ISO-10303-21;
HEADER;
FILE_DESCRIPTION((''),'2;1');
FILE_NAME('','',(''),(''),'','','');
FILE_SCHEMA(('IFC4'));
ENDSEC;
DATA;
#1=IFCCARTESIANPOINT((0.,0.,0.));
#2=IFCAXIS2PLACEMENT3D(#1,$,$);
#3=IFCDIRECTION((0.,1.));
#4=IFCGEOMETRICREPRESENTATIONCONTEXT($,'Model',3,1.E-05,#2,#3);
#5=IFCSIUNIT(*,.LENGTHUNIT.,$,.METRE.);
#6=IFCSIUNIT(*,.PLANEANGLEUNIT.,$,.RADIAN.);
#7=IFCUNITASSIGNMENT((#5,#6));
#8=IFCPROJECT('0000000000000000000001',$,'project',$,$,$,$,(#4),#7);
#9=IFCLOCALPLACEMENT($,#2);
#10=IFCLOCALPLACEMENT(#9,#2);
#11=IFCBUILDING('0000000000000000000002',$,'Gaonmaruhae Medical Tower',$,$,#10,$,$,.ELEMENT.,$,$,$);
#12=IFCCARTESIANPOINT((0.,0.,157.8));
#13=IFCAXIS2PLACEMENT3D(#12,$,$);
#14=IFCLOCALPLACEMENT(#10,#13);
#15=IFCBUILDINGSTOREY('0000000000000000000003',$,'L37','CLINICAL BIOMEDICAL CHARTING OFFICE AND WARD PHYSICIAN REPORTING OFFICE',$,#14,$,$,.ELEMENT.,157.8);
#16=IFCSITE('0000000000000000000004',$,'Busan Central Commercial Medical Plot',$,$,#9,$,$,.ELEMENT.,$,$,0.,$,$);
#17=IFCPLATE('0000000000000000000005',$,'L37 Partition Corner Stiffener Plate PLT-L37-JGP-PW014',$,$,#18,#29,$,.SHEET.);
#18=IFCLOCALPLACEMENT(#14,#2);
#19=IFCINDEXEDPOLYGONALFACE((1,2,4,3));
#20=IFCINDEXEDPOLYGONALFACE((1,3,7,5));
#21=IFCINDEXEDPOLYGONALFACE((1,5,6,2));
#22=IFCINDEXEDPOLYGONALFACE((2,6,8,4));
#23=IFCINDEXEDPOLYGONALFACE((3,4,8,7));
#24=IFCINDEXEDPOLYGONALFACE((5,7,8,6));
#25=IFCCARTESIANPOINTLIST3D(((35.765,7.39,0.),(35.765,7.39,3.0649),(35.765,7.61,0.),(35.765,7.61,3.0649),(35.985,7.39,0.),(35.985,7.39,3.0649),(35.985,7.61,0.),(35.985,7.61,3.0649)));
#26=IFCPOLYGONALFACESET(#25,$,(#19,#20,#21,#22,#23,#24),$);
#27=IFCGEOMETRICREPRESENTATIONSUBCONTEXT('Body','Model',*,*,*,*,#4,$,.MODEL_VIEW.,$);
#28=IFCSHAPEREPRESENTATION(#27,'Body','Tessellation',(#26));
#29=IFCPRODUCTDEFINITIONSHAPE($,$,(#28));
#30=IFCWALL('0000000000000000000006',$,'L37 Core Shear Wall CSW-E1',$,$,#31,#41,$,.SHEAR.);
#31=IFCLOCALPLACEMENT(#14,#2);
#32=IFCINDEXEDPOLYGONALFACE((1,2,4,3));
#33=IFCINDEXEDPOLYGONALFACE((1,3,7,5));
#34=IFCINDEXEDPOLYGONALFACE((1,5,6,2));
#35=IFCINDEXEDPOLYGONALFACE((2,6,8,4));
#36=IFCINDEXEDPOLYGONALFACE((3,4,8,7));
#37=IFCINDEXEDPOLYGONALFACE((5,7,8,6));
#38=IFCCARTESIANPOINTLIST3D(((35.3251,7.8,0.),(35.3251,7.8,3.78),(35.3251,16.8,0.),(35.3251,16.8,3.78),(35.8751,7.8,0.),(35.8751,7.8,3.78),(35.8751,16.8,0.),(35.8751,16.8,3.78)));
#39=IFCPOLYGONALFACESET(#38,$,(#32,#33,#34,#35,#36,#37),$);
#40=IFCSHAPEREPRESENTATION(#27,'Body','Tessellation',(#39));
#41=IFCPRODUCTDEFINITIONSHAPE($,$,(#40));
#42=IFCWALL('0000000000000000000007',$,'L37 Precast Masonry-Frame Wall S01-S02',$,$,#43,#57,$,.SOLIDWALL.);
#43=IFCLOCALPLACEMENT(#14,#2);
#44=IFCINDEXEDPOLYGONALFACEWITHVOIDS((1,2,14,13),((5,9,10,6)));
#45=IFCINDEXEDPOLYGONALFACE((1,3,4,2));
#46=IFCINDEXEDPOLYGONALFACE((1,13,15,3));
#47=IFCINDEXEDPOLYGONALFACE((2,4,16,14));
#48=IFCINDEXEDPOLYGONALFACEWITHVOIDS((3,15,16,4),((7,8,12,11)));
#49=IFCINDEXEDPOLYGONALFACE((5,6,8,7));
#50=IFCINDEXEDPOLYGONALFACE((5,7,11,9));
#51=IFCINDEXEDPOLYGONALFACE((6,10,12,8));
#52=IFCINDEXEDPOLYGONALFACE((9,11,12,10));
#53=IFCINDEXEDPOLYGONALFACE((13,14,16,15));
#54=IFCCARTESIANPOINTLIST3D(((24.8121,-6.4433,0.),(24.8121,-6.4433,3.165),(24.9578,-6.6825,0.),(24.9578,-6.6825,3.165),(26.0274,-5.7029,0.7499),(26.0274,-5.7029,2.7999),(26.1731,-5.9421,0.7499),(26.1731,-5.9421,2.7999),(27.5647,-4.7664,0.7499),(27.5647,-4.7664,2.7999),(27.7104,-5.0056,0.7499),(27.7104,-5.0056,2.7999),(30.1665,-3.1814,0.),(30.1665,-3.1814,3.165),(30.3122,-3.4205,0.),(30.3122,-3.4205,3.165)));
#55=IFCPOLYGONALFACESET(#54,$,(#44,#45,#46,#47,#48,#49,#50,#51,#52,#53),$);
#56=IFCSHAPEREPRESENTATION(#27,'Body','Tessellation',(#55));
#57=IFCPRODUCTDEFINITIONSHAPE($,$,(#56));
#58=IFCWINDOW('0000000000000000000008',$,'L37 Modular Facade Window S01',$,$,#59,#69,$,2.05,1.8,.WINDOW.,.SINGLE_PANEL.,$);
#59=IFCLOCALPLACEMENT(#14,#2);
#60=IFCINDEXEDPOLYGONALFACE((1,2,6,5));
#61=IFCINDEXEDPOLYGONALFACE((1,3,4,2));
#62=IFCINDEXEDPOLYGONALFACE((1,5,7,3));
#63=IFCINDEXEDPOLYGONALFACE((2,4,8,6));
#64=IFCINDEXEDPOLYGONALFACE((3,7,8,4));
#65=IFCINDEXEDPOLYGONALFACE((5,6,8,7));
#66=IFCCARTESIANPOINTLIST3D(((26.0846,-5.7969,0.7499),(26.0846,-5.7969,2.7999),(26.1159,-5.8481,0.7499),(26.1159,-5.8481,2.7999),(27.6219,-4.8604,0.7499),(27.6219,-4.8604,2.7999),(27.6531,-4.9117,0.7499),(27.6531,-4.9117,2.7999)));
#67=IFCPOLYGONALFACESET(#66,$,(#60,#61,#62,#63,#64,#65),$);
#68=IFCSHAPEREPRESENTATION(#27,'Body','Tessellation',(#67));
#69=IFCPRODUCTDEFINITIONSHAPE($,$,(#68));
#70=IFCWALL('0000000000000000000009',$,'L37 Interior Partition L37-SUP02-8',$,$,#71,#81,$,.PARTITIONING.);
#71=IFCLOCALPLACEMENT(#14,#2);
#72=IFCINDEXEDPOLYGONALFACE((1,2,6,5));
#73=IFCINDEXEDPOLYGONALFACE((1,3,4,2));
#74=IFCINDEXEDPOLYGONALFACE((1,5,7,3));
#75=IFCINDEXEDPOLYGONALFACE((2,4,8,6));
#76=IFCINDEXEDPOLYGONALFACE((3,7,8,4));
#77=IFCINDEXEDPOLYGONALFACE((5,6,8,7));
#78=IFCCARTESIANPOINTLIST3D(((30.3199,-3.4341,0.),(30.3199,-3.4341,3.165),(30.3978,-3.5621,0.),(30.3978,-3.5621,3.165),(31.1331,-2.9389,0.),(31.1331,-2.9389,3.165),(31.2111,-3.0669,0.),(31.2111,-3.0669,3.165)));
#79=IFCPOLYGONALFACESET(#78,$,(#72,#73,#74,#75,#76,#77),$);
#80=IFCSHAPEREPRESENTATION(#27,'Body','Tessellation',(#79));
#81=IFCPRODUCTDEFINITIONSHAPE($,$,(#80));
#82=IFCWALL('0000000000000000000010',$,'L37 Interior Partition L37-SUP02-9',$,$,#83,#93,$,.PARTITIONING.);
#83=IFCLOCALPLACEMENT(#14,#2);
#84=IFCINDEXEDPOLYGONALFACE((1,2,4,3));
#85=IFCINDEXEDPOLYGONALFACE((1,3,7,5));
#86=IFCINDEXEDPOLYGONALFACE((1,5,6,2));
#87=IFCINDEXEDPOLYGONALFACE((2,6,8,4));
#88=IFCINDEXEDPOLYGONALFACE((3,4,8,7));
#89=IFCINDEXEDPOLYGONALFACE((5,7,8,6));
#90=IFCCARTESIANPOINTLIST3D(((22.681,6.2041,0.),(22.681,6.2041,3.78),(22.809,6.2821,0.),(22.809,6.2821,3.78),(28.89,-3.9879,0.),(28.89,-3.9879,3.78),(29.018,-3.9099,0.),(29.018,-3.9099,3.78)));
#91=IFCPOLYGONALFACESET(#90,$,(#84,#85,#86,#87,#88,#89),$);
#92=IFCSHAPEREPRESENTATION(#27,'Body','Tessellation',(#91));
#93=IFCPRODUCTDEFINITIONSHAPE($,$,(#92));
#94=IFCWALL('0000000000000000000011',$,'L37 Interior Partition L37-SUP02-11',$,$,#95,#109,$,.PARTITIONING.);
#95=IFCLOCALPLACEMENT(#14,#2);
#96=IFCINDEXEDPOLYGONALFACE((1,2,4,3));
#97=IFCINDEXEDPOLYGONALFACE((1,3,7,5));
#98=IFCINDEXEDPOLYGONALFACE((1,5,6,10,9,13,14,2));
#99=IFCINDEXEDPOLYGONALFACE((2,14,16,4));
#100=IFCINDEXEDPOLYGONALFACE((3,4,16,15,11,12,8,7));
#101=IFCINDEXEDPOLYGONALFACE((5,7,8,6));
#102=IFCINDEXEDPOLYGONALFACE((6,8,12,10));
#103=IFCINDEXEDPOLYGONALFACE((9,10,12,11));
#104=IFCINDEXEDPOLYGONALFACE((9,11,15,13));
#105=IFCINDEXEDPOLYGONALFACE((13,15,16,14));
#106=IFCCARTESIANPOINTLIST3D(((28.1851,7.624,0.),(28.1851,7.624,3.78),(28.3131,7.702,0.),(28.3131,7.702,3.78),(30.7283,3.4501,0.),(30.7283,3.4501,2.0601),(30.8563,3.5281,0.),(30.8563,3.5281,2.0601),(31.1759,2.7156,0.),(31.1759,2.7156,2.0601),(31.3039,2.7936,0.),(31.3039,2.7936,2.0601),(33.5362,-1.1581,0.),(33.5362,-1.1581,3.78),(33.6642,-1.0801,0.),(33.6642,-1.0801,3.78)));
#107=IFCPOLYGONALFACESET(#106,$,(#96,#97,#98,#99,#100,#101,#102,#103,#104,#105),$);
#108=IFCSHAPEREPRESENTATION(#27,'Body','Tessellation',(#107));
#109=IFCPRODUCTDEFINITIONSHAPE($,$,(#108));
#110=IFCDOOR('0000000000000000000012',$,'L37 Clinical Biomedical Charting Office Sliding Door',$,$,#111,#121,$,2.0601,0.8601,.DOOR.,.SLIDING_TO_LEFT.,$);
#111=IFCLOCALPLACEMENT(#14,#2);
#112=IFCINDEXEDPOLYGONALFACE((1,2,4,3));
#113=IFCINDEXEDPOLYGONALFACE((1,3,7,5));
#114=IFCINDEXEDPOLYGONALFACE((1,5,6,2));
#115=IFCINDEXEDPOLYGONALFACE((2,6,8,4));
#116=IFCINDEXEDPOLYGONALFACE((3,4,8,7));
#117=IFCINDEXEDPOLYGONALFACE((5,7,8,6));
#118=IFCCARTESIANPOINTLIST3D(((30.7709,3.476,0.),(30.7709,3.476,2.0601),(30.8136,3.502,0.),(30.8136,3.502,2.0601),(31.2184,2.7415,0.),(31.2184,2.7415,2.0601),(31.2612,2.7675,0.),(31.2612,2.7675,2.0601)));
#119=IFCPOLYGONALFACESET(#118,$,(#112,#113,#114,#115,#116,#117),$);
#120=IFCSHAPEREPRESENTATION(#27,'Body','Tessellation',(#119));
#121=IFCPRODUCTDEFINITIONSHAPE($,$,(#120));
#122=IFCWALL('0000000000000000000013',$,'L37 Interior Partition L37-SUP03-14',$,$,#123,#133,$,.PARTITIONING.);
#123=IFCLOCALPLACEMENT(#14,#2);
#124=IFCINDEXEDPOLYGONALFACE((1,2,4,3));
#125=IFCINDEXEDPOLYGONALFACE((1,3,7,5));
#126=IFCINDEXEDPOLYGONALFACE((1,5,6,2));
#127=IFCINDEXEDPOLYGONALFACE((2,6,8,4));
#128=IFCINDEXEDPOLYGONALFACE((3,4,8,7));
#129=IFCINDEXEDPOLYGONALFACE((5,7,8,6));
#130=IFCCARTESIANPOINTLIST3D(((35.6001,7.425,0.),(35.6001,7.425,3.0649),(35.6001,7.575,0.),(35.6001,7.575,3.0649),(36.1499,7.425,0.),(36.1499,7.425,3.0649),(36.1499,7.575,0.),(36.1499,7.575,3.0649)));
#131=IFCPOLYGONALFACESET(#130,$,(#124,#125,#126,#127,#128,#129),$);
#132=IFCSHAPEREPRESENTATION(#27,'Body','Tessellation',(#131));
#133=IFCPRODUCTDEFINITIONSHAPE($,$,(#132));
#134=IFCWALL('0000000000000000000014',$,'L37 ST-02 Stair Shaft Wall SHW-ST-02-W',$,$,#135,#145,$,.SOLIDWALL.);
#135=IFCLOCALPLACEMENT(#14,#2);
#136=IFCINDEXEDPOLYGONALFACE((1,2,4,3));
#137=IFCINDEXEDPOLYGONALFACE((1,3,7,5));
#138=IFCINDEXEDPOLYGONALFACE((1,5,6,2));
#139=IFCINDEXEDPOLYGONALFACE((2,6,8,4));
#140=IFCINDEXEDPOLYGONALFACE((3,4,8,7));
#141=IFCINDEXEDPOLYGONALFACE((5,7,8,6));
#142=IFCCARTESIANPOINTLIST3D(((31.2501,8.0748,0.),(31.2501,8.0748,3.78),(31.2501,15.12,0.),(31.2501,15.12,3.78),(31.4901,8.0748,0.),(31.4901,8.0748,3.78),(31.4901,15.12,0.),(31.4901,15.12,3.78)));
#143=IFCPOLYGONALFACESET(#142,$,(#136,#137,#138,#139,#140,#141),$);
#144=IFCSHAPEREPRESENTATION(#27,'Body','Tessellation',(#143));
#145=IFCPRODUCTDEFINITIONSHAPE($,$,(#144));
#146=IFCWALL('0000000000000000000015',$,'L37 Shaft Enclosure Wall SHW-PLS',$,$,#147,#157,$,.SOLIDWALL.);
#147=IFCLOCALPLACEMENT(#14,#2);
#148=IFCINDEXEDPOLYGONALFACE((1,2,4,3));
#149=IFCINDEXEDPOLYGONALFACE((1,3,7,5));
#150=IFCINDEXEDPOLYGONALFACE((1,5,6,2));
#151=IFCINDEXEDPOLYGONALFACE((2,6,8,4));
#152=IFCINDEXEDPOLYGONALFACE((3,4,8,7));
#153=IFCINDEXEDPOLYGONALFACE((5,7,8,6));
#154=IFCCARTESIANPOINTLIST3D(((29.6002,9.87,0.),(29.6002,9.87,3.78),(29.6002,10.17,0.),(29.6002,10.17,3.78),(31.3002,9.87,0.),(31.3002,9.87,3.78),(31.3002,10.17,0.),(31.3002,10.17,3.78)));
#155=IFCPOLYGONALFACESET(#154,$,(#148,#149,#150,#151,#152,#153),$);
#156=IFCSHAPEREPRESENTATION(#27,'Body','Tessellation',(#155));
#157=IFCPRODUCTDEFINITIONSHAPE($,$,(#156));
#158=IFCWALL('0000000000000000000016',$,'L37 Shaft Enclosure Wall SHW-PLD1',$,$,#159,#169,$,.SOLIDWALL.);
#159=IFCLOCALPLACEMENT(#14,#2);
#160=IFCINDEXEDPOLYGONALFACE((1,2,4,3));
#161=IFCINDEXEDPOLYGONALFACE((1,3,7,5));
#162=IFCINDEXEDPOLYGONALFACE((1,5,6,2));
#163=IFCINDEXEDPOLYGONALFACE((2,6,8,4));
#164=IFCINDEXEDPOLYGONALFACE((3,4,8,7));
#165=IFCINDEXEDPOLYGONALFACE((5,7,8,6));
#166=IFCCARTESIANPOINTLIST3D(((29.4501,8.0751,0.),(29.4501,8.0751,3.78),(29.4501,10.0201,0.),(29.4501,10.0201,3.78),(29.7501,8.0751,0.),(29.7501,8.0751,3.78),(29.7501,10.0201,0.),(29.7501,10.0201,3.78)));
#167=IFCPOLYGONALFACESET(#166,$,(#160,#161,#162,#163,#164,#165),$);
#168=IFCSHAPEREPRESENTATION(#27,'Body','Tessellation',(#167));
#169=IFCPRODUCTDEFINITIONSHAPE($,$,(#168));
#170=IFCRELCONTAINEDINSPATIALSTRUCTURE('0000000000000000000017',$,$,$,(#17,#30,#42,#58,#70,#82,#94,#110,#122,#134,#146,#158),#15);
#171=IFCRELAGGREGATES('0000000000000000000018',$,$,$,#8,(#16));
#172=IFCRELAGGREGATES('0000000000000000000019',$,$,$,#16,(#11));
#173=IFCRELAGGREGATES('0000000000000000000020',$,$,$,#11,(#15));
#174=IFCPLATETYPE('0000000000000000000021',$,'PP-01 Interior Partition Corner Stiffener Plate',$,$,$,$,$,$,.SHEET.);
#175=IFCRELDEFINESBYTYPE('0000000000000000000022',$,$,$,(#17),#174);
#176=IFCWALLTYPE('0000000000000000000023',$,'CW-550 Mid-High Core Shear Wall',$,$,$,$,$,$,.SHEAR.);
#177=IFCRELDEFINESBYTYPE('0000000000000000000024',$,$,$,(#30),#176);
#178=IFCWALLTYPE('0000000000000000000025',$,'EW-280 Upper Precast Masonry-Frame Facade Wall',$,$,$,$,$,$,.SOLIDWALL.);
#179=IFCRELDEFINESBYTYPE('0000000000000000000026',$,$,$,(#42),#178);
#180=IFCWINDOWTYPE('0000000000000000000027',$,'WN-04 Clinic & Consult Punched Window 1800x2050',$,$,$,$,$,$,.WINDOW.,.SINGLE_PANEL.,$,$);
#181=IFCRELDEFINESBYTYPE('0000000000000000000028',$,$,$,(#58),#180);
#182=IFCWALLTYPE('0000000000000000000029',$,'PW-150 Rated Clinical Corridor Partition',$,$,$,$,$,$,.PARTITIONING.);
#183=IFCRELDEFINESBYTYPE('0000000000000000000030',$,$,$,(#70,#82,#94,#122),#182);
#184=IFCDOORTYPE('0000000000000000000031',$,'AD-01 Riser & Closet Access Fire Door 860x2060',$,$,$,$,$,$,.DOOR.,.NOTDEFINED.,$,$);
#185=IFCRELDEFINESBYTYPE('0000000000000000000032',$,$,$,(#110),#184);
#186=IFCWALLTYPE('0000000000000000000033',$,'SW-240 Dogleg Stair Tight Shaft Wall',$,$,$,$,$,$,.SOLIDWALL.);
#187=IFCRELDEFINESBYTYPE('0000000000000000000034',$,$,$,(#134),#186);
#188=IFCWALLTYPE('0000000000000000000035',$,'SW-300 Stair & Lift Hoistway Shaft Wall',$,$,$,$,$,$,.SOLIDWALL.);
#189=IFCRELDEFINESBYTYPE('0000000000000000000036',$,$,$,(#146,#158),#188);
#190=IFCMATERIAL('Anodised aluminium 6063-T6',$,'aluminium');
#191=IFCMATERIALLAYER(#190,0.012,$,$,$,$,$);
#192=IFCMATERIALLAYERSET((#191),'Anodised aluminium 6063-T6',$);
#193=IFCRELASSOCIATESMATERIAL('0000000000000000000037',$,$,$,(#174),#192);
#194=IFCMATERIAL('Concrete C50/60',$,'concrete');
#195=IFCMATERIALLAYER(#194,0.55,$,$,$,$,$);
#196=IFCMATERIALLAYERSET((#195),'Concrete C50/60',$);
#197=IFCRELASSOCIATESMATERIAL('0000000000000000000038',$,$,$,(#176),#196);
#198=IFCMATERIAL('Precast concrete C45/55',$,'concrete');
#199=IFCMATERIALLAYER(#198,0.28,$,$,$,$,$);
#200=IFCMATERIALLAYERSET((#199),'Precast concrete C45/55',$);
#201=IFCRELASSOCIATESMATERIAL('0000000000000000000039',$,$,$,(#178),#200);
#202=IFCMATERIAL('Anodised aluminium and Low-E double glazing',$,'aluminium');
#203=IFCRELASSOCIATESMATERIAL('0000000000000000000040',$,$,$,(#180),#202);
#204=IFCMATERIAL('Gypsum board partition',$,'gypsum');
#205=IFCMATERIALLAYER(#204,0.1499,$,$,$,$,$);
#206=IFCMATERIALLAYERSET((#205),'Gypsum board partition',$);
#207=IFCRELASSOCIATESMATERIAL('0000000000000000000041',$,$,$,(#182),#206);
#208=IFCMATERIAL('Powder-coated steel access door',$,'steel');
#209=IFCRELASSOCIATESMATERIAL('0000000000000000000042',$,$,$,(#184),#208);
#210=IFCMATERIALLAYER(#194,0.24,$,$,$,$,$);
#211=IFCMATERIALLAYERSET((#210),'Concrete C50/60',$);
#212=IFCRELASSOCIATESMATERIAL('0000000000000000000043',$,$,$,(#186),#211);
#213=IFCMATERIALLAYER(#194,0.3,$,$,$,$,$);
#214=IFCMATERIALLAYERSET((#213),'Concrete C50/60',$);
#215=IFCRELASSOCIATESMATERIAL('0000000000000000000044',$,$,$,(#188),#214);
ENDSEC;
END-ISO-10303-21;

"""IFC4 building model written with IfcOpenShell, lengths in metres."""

from ifc_helpers import new_model, si_unit, direction, frame, frame_2d, origin, origin_2d, place, context, subcontext, project, spatial, rectangle, extrude, material, layer, layer_set, type_object, element, fill, save


model = new_model("IFC4")

# Units and contexts
model_context = context("Model", 3, precision=1e-05, world=origin(), true_north=direction((0.0, 1.0)))
body_context = subcontext(model_context, "Body", "Model", "MODEL_VIEW")
ifc_project = project(units=[si_unit("LENGTHUNIT", "METRE"), si_unit("PLANEANGLEUNIT", "RADIAN")], contexts=[model_context])

# Site, building, storey
site_placement = place(None, origin())
site = spatial("IfcSite", under=ifc_project, at=site_placement, Name="Busan Central Commercial Medical Plot", CompositionType="ELEMENT", RefElevation=0.0)
building_placement = place(site_placement, origin())
building = spatial("IfcBuilding", under=site, at=building_placement, Name="Gaonmaruhae Medical Tower", CompositionType="ELEMENT")
storey_placement = place(building_placement, frame((0.0, 0.0, 157.8)))
storey = spatial("IfcBuildingStorey", under=building, at=storey_placement, Name="L37", Description="CLINICAL BIOMEDICAL CHARTING OFFICE AND WARD PHYSICIAN REPORTING OFFICE", CompositionType="ELEMENT", Elevation=157.8)

# Shared definitions
ifc_material_1 = material(Name="Concrete C50/60", Category="concrete")

# Plate
ifc_material_2 = material(Name="Anodised aluminium 6063-T6", Category="aluminium")
ifc_layer_1 = layer(ifc_material_2, 0.012)
ifc_layer_set_1 = layer_set([ifc_layer_1], Name="Anodised aluminium 6063-T6")
plate_type = type_object("IfcPlateType", Name="PP-01 Interior Partition Corner Stiffener Plate", PredefinedType="SHEET", material=ifc_layer_set_1)
plate_1_placement = place(storey_placement, frame((35.875, 7.5, 0.0), z_axis=(0.0, 0.0, 1.0), x_axis=(1.0, 0.0, 0.0)))
element("IfcPlate", 1, at=plate_1_placement, inside=storey, type_object=plate_type, Name="L37 Partition Corner Stiffener Plate PLT-L37-JGP-PW014", PredefinedType="SHEET", context=body_context, shape_type="SweptSolid", body=[
    extrude(rectangle(XDim=0.22, YDim=0.22, at=origin_2d()), origin(), (0.0, 0.0, 1.0), 3.0649),
])

# Wall
ifc_layer_2 = layer(ifc_material_1, 0.55)
ifc_layer_set_2 = layer_set([ifc_layer_2], Name="Concrete C50/60")
wall_type_1 = type_object("IfcWallType", Name="CW-550 Mid-High Core Shear Wall", PredefinedType="SHEAR", material=ifc_layer_set_2)
wall_1_placement = place(storey_placement, frame((35.6001, 7.8, 0.0), z_axis=(0.0, 0.0, 1.0), x_axis=(0.0, 1.0, 0.0)))
element("IfcWall", 2, at=wall_1_placement, inside=storey, type_object=wall_type_1, Name="L37 Core Shear Wall CSW-E1", PredefinedType="SHEAR", context=body_context, shape_type="SweptSolid", body=[
    extrude(rectangle(XDim=9.0, YDim=0.55, at=frame_2d((4.5, 0.0))), origin(), (0.0, 0.0, 1.0), 3.78),
])

# Wall, opening, window
ifc_material_3 = material(Name="Precast concrete C45/55", Category="concrete")
ifc_layer_3 = layer(ifc_material_3, 0.28)
ifc_layer_set_3 = layer_set([ifc_layer_3], Name="Precast concrete C45/55")
wall_type_2 = type_object("IfcWallType", Name="EW-280 Upper Precast Masonry-Frame Facade Wall", PredefinedType="SOLIDWALL", material=ifc_layer_set_3)
wall_2_placement = place(storey_placement, frame((30.2393, -3.301, 0.0), z_axis=(0.0, 0.0, 1.0), x_axis=(-0.854007, -0.520262, 0.0)))
wall_2 = element("IfcWall", 3, at=wall_2_placement, inside=storey, type_object=wall_type_2, Name="L37 Precast Masonry-Frame Wall S01-S02", PredefinedType="SOLIDWALL", context=body_context, shape_type="SweptSolid", body=[
    extrude(rectangle(XDim=6.2698, YDim=0.28, at=frame_2d((3.1348, 0.0))), origin(), (0.0, 0.0, 1.0), 3.165),
])
opening_1_placement = place(wall_2_placement, frame((3.0466, 0.0, 0.75)))
opening_1 = element("IfcOpeningElement", 4, at=opening_1_placement, cuts=wall_2, PredefinedType="OPENING", context=body_context, shape_type="SweptSolid", body=[
    extrude(rectangle(XDim=1.8, YDim=2.05, at=frame_2d((0.8999, 1.0249))), frame((0.0, 0.1499, 0.0), z_axis=(0.0, -1.0, 0.0), x_axis=(1.0, 0.0, 0.0)), (0.0, 0.0, 1.0), 0.3),
])
ifc_material_4 = material(Name="Anodised aluminium and Low-E double glazing", Category="aluminium")
window_type = type_object("IfcWindowType", Name="WN-04 Clinic & Consult Punched Window 1800x2050", PartitioningType="SINGLE_PANEL", PredefinedType="WINDOW", material=ifc_material_4)
window_placement = place(opening_1_placement, origin())
window = element("IfcWindow", 5, at=window_placement, inside=storey, type_object=window_type, Name="L37 Modular Facade Window S01", OverallHeight=2.05, OverallWidth=1.8, PartitioningType="SINGLE_PANEL", PredefinedType="WINDOW", context=body_context, shape_type="SweptSolid", body=[
    extrude(rectangle(XDim=1.8, YDim=2.05, at=frame_2d((0.8999, 1.0249))), frame((0.0, 0.03, 0.0), z_axis=(0.0, -1.0, 0.0), x_axis=(1.0, 0.0, 0.0)), (0.0, 0.0, 1.0), 0.0601),
])
fill(opening_1, window)

# Walls
ifc_material_5 = material(Name="Gypsum board partition", Category="gypsum")
ifc_layer_4 = layer(ifc_material_5, 0.1499)
ifc_layer_set_4 = layer_set([ifc_layer_4], Name="Gypsum board partition")
wall_type_3 = type_object("IfcWallType", Name="PW-150 Rated Clinical Corridor Partition", PredefinedType="PARTITIONING", material=ifc_layer_set_4)
wall_3_placement = place(storey_placement, frame((31.1721, -3.0029, 0.0), z_axis=(0.0, 0.0, 1.0), x_axis=(-0.854149, -0.520028, 0.0)))
element("IfcWall", 6, at=wall_3_placement, inside=storey, type_object=wall_type_3, Name="L37 Interior Partition L37-SUP02-8", PredefinedType="PARTITIONING", context=body_context, shape_type="SweptSolid", body=[
    extrude(rectangle(XDim=0.9521, YDim=0.1499, at=frame_2d((0.4761, 0.0))), origin(), (0.0, 0.0, 1.0), 3.165),
])
wall_4_placement = place(storey_placement, frame((28.9541, -3.949, 0.0), z_axis=(0.0, 0.0, 1.0), x_axis=(-0.520266, 0.854004, 0.0)))
element("IfcWall", 7, at=wall_4_placement, inside=storey, type_object=wall_type_3, Name="L37 Interior Partition L37-SUP02-9", PredefinedType="PARTITIONING", context=body_context, shape_type="SweptSolid", body=[
    extrude(rectangle(XDim=11.9343, YDim=0.1499, at=frame_2d((5.9673, 0.0))), origin(), (0.0, 0.0, 1.0), 3.78),
])

# Wall, opening, door
wall_5_placement = place(storey_placement, frame((28.249, 7.6631, 0.0), z_axis=(0.0, 0.0, 1.0), x_axis=(0.520339, -0.85396, 0.0)))
wall_5 = element("IfcWall", 8, at=wall_5_placement, inside=storey, type_object=wall_type_3, Name="L37 Interior Partition L37-SUP02-11", PredefinedType="PARTITIONING", context=body_context, shape_type="SweptSolid", body=[
    extrude(rectangle(XDim=10.2839, YDim=0.1499, at=frame_2d((5.1421, 0.0))), origin(), (0.0, 0.0, 1.0), 3.78),
])
opening_2_placement = place(wall_5_placement, frame((4.8877, 0.0, 0.0)))
opening_2 = element("IfcOpeningElement", 9, at=opening_2_placement, cuts=wall_5, PredefinedType="OPENING", context=body_context, shape_type="SweptSolid", body=[
    extrude(rectangle(XDim=0.8601, YDim=2.0601, at=frame_2d((0.4302, 1.03))), frame((0.0, 0.085, 0.0), z_axis=(0.0, -1.0, 0.0), x_axis=(1.0, 0.0, 0.0)), (0.0, 0.0, 1.0), 0.1699),
])
ifc_material_6 = material(Name="Powder-coated steel access door", Category="steel")
door_type = type_object("IfcDoorType", Name="AD-01 Riser & Closet Access Fire Door 860x2060", OperationType="NOTDEFINED", PredefinedType="DOOR", material=ifc_material_6)
door_placement = place(opening_2_placement, origin())
door = element("IfcDoor", 10, at=door_placement, inside=storey, type_object=door_type, Name="L37 Clinical Biomedical Charting Office Sliding Door", OperationType="SLIDING_TO_LEFT", OverallHeight=2.0601, OverallWidth=0.8601, PredefinedType="DOOR", context=body_context, shape_type="SweptSolid", body=[
    extrude(rectangle(XDim=0.8601, YDim=2.0601, at=frame_2d((0.4302, 1.03))), frame((0.0, 0.0249, 0.0), z_axis=(0.0, -1.0, 0.0), x_axis=(1.0, 0.0, 0.0)), (0.0, 0.0, 1.0), 0.05),
])
fill(opening_2, door)

# Walls
wall_6_placement = place(storey_placement, frame((35.6001, 7.5, 0.0), z_axis=(0.0, 0.0, 1.0), x_axis=(1.0, 0.0, 0.0)))
element("IfcWall", 11, at=wall_6_placement, inside=storey, type_object=wall_type_3, Name="L37 Interior Partition L37-SUP03-14", PredefinedType="PARTITIONING", context=body_context, shape_type="SweptSolid", body=[
    extrude(rectangle(XDim=0.5498, YDim=0.1499, at=frame_2d((0.2749, 0.0))), origin(), (0.0, 0.0, 1.0), 3.0649),
])
ifc_layer_5 = layer(ifc_material_1, 0.24)
ifc_layer_set_5 = layer_set([ifc_layer_5], Name="Concrete C50/60")
wall_type_4 = type_object("IfcWallType", Name="SW-240 Dogleg Stair Tight Shaft Wall", PredefinedType="SOLIDWALL", material=ifc_layer_set_5)
wall_7_placement = place(storey_placement, frame((31.3701, 8.075, 0.0), z_axis=(0.0, 0.0, 1.0), x_axis=(0.0, 1.0, 0.0)))
element("IfcWall", 12, at=wall_7_placement, inside=storey, type_object=wall_type_4, Name="L37 ST-02 Stair Shaft Wall SHW-ST-02-W", PredefinedType="SOLIDWALL", context=body_context, shape_type="SweptSolid", body=[
    extrude(rectangle(XDim=7.0452, YDim=0.24, at=frame_2d((3.5225, 0.0))), origin(), (0.0, 0.0, 1.0), 3.78),
])
ifc_layer_6 = layer(ifc_material_1, 0.3)
ifc_layer_set_6 = layer_set([ifc_layer_6], Name="Concrete C50/60")
wall_type_5 = type_object("IfcWallType", Name="SW-300 Stair & Lift Hoistway Shaft Wall", PredefinedType="SOLIDWALL", material=ifc_layer_set_6)
wall_8_placement = place(storey_placement, frame((29.6001, 10.02, 0.0), z_axis=(0.0, 0.0, 1.0), x_axis=(1.0, 0.0, 0.0)))
element("IfcWall", 13, at=wall_8_placement, inside=storey, type_object=wall_type_5, Name="L37 Shaft Enclosure Wall SHW-PLS", PredefinedType="SOLIDWALL", context=body_context, shape_type="SweptSolid", body=[
    extrude(rectangle(XDim=1.7, YDim=0.3, at=frame_2d((0.8501, 0.0))), origin(), (0.0, 0.0, 1.0), 3.78),
])
wall_9_placement = place(storey_placement, frame((29.6001, 8.075, 0.0), z_axis=(0.0, 0.0, 1.0), x_axis=(0.0, 1.0, 0.0)))
element("IfcWall", 14, at=wall_9_placement, inside=storey, type_object=wall_type_5, Name="L37 Shaft Enclosure Wall SHW-PLD1", PredefinedType="SOLIDWALL", context=body_context, shape_type="SweptSolid", body=[
    extrude(rectangle(XDim=1.9451, YDim=0.3, at=frame_2d((0.9727, 0.0))), origin(), (0.0, 0.0, 1.0), 3.78),
])

save(model, "model.ifc")
